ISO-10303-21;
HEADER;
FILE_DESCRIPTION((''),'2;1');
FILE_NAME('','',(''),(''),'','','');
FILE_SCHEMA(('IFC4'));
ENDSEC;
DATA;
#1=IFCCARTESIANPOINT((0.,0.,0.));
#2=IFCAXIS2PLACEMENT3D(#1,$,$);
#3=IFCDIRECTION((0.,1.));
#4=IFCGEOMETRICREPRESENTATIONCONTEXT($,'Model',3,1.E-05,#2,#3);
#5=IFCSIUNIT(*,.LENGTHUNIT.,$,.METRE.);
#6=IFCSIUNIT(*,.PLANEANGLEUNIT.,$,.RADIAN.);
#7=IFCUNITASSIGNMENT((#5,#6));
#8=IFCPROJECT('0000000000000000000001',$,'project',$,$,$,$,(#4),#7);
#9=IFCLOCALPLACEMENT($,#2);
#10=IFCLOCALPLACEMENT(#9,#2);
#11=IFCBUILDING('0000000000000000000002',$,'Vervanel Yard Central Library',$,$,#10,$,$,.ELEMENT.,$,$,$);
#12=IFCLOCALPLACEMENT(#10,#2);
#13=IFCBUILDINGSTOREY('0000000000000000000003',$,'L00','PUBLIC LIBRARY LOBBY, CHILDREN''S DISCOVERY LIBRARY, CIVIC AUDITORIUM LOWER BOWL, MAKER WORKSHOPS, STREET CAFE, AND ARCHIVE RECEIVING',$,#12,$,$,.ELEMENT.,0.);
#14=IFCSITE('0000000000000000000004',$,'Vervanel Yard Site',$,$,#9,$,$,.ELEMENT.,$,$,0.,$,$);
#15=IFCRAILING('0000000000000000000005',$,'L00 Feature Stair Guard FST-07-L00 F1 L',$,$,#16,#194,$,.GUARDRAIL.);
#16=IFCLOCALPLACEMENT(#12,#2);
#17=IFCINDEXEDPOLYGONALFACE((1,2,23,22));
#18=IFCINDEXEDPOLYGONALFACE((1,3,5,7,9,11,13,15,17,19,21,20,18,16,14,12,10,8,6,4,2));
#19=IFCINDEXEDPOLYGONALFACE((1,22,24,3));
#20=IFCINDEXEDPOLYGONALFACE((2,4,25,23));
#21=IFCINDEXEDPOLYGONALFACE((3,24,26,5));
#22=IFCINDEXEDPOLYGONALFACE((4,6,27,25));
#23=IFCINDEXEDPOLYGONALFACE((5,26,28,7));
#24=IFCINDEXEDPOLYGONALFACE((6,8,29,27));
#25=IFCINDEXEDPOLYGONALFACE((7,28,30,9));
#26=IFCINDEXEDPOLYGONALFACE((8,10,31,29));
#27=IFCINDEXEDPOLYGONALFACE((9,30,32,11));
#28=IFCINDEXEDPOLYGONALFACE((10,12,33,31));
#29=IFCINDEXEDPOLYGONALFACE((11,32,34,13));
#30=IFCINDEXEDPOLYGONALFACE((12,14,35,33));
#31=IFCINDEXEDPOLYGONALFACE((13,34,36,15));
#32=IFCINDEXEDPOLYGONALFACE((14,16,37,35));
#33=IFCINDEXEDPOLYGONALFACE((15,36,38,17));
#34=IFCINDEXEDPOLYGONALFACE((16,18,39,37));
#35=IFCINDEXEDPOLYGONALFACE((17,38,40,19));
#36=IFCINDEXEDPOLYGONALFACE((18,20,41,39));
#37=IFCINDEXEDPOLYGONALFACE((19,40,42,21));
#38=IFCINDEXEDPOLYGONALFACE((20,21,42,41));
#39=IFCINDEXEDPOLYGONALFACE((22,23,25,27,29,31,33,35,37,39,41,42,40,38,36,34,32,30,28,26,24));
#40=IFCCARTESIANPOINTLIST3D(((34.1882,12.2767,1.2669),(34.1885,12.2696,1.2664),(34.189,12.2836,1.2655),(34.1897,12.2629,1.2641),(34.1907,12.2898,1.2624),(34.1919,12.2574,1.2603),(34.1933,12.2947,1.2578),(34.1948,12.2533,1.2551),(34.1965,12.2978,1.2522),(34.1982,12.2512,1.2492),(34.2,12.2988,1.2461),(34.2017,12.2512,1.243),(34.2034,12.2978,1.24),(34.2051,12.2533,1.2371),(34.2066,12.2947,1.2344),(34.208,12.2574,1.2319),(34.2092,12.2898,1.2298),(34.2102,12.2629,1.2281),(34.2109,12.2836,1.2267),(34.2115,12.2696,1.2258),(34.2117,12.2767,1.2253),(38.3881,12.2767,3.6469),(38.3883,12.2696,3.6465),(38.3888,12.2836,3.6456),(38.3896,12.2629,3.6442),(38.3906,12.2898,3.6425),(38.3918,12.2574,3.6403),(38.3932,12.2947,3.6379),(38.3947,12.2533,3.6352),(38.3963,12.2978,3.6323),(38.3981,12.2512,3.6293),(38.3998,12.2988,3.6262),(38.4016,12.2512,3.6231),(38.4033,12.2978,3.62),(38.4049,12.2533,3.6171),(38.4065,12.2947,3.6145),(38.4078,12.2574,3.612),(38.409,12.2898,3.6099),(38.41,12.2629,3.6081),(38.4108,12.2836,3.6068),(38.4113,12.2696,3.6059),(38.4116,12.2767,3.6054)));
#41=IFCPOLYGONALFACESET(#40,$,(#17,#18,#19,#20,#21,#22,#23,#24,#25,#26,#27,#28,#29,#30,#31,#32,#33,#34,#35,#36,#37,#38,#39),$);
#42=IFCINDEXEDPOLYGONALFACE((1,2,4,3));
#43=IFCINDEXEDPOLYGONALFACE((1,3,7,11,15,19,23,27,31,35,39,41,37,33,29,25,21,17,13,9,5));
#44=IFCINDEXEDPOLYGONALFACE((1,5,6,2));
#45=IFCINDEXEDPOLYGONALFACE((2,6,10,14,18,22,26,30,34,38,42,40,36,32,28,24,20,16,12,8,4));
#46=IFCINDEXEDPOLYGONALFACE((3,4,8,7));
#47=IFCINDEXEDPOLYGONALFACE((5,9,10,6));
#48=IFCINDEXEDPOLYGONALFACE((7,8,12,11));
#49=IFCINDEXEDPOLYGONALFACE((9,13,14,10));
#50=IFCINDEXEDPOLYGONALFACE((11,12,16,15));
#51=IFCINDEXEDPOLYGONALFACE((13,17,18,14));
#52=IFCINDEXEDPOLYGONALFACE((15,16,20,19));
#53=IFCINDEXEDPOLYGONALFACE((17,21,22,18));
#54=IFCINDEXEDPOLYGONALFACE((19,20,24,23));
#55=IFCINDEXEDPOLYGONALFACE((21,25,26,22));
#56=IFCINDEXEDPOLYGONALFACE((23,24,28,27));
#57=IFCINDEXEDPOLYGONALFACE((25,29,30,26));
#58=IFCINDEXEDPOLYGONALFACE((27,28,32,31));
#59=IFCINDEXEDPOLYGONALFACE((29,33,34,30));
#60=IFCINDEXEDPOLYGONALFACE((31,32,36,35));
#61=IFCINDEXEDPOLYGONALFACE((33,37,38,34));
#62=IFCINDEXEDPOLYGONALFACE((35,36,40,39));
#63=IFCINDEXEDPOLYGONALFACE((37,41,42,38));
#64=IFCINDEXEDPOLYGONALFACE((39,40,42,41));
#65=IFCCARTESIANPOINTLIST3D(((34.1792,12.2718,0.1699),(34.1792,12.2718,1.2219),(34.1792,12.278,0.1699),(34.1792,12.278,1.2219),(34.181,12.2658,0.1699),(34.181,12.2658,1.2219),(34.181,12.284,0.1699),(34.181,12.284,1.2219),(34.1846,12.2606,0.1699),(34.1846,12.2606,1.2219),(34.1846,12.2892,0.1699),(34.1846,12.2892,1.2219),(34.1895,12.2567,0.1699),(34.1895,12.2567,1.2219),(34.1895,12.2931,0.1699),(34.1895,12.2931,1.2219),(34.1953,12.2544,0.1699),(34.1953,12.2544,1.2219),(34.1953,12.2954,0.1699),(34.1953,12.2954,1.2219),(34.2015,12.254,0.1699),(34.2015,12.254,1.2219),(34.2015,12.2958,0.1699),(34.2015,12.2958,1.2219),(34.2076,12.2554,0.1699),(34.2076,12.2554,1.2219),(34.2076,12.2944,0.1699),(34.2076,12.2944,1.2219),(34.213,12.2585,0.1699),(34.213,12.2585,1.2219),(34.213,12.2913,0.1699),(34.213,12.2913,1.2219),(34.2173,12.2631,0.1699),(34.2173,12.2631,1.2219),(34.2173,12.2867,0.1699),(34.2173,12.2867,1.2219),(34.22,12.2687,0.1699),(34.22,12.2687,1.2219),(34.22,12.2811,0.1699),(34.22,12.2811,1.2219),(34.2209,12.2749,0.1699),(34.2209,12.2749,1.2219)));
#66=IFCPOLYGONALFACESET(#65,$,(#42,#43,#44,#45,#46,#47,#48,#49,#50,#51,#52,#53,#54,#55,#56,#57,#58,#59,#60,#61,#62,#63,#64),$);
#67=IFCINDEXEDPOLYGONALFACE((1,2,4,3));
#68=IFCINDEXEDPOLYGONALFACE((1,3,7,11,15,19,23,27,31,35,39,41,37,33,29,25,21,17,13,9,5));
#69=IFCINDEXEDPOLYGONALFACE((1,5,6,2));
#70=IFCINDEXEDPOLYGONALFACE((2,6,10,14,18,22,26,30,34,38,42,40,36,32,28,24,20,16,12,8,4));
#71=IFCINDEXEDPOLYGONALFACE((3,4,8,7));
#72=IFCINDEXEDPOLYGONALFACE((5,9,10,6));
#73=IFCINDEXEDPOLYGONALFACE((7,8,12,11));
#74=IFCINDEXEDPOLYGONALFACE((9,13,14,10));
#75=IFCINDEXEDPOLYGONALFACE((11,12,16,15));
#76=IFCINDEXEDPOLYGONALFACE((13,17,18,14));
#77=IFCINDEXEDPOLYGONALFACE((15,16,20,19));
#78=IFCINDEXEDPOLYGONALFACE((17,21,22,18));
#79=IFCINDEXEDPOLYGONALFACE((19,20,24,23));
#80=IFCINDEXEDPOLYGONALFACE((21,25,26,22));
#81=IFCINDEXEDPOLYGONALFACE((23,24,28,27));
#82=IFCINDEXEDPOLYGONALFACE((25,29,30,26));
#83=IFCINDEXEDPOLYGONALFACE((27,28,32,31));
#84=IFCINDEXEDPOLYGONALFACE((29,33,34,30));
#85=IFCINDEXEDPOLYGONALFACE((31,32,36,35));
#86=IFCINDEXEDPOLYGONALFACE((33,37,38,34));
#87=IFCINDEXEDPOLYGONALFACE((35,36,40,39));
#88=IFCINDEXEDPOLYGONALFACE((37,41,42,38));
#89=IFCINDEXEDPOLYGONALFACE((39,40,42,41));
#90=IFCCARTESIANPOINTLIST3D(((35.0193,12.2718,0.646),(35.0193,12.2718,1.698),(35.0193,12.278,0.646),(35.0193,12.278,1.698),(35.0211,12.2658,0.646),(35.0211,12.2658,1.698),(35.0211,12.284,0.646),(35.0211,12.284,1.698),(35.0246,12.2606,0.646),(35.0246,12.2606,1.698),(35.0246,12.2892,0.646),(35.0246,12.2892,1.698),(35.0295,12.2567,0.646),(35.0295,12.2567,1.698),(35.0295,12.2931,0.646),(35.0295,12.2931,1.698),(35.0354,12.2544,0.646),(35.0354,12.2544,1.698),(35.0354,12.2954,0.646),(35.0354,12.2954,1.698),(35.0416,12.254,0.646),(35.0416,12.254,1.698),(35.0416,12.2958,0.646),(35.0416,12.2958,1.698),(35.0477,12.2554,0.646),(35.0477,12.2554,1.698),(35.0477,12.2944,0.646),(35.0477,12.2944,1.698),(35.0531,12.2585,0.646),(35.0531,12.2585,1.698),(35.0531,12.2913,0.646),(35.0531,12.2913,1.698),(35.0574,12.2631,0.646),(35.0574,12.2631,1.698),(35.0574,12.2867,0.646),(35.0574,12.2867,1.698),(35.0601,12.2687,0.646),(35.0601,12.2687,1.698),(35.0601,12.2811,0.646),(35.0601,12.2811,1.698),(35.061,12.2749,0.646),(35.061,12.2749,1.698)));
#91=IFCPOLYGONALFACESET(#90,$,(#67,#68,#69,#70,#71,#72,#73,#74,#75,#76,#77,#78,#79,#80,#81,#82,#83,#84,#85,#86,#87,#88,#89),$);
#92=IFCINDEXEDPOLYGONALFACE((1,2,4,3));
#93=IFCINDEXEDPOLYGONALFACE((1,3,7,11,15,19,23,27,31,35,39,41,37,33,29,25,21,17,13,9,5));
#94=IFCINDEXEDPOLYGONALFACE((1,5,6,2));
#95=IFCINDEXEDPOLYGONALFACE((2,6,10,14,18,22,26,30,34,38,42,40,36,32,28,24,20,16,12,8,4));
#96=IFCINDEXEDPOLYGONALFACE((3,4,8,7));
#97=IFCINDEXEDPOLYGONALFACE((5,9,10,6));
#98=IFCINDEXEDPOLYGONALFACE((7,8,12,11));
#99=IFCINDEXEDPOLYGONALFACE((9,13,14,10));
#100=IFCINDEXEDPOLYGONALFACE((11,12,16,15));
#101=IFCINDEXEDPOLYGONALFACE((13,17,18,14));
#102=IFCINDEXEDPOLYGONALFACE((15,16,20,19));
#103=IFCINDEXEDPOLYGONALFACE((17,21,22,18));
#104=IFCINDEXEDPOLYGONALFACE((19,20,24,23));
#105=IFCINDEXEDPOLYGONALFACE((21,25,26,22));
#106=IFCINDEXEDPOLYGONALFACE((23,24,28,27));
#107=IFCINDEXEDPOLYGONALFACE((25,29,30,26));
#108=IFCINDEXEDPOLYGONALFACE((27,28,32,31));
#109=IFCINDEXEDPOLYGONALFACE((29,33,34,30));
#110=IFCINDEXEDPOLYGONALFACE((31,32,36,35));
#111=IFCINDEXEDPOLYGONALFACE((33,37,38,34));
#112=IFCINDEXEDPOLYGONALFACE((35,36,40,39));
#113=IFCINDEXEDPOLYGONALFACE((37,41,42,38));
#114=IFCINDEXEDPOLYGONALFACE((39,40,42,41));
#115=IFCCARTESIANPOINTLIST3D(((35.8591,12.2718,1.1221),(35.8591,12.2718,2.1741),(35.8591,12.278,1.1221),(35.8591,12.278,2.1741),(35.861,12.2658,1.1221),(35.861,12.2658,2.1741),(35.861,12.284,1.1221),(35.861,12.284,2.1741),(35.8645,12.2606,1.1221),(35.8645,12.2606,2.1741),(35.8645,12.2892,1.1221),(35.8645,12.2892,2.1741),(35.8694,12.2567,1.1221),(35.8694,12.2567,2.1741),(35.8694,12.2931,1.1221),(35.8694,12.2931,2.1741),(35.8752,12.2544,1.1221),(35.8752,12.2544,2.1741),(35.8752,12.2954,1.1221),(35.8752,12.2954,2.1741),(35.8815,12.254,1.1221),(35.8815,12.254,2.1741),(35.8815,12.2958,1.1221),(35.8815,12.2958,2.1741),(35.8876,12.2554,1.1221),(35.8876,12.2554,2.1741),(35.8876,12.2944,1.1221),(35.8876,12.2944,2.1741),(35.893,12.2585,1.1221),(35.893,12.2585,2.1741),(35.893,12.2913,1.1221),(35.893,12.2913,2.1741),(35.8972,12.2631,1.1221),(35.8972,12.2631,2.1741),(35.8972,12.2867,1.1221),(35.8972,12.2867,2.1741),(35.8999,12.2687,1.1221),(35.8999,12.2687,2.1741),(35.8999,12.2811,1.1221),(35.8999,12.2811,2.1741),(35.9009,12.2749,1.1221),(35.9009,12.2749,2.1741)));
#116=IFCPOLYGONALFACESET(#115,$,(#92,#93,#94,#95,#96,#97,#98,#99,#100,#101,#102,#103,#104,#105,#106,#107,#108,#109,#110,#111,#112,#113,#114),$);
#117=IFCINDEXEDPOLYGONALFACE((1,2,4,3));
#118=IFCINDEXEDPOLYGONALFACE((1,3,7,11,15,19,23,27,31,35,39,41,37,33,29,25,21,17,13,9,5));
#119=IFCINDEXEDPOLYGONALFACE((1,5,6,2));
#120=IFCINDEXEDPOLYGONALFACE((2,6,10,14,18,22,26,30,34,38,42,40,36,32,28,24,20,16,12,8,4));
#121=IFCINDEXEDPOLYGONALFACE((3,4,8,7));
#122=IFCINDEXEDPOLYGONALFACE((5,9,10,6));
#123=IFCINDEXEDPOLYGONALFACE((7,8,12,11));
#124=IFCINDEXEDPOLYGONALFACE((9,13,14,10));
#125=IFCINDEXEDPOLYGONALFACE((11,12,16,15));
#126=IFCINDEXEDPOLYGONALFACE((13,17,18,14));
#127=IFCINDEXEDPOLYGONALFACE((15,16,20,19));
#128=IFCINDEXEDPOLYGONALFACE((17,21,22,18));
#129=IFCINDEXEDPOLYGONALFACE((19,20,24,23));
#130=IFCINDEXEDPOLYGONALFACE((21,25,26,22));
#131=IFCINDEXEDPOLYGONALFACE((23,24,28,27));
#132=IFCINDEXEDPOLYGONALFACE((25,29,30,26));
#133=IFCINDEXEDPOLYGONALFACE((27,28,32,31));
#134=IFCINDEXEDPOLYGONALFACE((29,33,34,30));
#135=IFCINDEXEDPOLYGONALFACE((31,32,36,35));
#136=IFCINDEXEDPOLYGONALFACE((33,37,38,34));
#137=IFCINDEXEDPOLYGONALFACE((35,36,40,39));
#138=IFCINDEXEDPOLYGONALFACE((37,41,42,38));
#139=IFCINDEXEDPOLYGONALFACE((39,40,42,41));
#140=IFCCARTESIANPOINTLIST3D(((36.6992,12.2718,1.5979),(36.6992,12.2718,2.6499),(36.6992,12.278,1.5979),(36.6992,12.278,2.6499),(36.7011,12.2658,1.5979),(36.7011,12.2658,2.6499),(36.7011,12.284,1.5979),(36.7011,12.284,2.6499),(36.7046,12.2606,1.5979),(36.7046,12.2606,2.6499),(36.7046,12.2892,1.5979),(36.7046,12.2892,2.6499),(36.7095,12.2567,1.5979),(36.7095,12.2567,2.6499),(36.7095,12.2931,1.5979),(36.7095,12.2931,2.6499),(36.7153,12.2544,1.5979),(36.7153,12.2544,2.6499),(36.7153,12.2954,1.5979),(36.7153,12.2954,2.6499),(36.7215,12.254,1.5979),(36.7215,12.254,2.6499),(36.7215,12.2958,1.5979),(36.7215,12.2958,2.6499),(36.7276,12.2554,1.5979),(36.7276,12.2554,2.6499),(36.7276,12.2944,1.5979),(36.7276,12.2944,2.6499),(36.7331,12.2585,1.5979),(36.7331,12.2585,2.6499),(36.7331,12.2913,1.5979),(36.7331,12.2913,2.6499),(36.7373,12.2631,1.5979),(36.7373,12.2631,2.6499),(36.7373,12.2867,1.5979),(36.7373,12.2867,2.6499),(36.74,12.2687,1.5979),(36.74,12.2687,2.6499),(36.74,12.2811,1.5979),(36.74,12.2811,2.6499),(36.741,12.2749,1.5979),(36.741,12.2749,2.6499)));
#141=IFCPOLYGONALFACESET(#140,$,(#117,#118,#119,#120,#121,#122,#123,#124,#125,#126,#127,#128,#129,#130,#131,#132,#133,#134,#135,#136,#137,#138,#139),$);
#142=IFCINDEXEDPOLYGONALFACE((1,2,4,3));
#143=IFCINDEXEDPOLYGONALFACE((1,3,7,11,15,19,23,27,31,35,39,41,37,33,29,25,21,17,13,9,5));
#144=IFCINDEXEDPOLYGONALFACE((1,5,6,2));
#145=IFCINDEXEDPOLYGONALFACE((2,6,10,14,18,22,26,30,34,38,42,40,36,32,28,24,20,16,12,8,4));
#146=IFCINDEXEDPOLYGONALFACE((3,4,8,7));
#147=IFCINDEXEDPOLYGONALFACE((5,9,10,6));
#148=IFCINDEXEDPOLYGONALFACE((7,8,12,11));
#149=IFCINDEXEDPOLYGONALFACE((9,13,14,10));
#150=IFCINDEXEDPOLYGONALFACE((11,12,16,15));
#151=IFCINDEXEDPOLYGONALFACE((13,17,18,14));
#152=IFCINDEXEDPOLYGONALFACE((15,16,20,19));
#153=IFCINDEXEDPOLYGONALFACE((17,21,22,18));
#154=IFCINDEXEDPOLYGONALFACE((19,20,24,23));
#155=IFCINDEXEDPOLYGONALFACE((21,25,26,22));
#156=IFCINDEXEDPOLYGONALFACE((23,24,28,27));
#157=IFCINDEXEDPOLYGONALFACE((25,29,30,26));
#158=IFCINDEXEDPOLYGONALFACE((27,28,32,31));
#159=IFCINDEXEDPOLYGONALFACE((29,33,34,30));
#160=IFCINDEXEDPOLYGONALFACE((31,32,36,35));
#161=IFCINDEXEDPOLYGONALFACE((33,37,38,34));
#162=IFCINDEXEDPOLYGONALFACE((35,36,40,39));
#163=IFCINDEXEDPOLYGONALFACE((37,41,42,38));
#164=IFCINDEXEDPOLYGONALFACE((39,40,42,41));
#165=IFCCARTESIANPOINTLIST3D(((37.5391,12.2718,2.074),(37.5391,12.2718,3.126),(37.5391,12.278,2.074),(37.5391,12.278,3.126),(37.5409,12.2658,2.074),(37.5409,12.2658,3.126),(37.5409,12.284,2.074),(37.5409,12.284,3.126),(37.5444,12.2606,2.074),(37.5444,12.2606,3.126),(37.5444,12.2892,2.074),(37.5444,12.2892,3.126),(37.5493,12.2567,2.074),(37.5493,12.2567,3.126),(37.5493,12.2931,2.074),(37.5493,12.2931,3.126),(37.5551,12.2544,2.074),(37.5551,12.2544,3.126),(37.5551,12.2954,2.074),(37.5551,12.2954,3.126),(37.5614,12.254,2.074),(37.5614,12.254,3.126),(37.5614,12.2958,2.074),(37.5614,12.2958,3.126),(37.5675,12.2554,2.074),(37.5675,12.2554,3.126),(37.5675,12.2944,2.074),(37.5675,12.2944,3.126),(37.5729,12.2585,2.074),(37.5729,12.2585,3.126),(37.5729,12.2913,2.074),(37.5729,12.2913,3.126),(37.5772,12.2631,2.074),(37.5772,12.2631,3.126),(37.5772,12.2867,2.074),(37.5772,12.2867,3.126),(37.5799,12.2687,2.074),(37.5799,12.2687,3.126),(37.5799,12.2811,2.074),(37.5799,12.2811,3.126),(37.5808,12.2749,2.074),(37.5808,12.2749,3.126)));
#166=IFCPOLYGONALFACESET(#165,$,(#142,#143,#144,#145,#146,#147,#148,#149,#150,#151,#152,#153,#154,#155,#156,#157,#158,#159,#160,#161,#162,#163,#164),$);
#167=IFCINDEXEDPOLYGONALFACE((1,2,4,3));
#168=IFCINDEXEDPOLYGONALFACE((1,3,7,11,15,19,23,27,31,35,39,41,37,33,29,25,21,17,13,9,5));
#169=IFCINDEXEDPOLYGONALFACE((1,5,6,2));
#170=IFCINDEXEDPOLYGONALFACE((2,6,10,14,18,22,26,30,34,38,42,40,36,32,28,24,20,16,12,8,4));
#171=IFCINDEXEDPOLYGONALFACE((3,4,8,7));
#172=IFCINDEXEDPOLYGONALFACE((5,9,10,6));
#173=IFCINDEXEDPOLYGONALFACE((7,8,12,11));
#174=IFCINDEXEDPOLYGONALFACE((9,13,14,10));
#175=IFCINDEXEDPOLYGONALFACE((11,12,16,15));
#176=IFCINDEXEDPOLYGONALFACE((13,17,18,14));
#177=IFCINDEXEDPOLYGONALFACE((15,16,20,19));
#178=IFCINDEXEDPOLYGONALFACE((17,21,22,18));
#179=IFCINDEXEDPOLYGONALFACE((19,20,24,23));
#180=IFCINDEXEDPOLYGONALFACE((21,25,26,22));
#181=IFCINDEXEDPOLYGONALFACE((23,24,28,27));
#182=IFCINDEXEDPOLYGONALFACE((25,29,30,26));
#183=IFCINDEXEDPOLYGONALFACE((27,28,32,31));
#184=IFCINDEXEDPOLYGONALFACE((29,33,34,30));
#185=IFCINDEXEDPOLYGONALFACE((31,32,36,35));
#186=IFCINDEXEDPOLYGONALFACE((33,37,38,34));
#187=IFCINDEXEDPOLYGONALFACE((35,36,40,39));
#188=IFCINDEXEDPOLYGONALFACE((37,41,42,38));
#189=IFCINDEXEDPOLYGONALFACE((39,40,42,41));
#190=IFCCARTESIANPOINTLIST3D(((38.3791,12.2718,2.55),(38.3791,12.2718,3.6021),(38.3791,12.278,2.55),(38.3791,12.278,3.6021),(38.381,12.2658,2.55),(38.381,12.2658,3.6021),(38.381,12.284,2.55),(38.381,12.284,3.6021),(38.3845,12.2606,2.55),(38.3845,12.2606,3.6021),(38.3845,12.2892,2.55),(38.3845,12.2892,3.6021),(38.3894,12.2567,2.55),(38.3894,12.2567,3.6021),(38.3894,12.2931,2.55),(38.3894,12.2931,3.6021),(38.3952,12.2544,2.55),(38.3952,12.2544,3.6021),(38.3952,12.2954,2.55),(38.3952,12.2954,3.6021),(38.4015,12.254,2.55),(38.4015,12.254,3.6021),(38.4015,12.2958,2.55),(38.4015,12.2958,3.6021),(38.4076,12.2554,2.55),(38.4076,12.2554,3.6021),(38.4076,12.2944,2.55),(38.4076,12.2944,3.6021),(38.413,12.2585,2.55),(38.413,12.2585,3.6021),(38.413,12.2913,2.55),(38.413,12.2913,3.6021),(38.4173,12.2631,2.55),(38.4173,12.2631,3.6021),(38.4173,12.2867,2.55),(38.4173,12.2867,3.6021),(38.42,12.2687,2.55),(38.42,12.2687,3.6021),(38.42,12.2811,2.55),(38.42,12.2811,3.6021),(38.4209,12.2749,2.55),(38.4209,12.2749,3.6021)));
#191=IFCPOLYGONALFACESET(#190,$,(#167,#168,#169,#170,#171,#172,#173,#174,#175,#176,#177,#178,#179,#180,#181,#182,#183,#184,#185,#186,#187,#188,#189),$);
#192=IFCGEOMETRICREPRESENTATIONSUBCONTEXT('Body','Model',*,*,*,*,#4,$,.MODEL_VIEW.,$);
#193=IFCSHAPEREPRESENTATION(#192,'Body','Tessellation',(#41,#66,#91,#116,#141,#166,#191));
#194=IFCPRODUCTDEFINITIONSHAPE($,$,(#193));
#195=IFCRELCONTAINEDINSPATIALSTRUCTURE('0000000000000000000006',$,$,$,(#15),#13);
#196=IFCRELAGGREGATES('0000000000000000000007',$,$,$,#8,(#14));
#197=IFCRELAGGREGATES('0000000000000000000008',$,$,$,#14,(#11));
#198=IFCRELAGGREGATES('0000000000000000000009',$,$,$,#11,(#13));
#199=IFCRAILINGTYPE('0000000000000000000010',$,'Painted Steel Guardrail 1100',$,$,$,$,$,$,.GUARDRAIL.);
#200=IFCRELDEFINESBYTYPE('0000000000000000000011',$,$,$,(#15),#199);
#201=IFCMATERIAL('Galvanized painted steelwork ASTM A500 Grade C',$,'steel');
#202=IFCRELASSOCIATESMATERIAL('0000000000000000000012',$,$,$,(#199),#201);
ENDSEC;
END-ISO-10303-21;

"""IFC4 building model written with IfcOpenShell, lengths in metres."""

from ifc_helpers import new_model, si_unit, direction, frame, origin, origin_2d, place, context, subcontext, project, spatial, circle, extrude, material, type_object, element, save


model = new_model("IFC4")

# Units and contexts
model_context = context("Model", 3, precision=1e-05, world=origin(), true_north=direction((0.0, 1.0)))
body_context = subcontext(model_context, "Body", "Model", "MODEL_VIEW")
ifc_project = project(units=[si_unit("LENGTHUNIT", "METRE"), si_unit("PLANEANGLEUNIT", "RADIAN")], contexts=[model_context])

# Site, building, storey
site_placement = place(None, origin())
site = spatial("IfcSite", under=ifc_project, at=site_placement, Name="Vervanel Yard Site", CompositionType="ELEMENT", RefElevation=0.0)
building_placement = place(site_placement, origin())
building = spatial("IfcBuilding", under=site, at=building_placement, Name="Vervanel Yard Central Library", CompositionType="ELEMENT")
storey_placement = place(building_placement, origin())
storey = spatial("IfcBuildingStorey", under=building, at=storey_placement, Name="L00", Description="PUBLIC LIBRARY LOBBY, CHILDREN'S DISCOVERY LIBRARY, CIVIC AUDITORIUM LOWER BOWL, MAKER WORKSHOPS, STREET CAFE, AND ARCHIVE RECEIVING", CompositionType="ELEMENT", Elevation=0.0)

# Railing
ifc_material_1 = material(Name="Galvanized painted steelwork ASTM A500 Grade C", Category="steel")
railing_type = type_object("IfcRailingType", Name="Painted Steel Guardrail 1100", PredefinedType="GUARDRAIL", material=ifc_material_1)
for number, where, name in (
    (1, (34.2, 12.2749, 0.1699), "L00 Feature Stair Guard FST-07-L00 F1 L"),
):
    element("IfcRailing", number, at=place(storey_placement, frame(where)), inside=storey, type_object=railing_type, Name=name, PredefinedType="GUARDRAIL", context=body_context, shape_type="SweptSolid", body=[
        extrude(circle(Radius=0.0239, at=origin_2d()), frame((0.0, 0.0, 1.0762), z_axis=(0.870008, 0.0, 0.493037), x_axis=(0.0, 1.0, 0.0)), (0.0, 0.0, 1.0), 4.8274),
        extrude(circle(Radius=0.021, at=origin_2d()), origin(), (0.0, 0.0, 1.0), 1.052),
        extrude(circle(Radius=0.021, at=origin_2d()), frame((0.8401, 0.0, 0.4761)), (0.0, 0.0, 1.0), 1.052),
        extrude(circle(Radius=0.021, at=origin_2d()), frame((1.6799, 0.0, 0.9521)), (0.0, 0.0, 1.0), 1.052),
        extrude(circle(Radius=0.021, at=origin_2d()), frame((2.52, 0.0, 1.428)), (0.0, 0.0, 1.0), 1.052),
        extrude(circle(Radius=0.021, at=origin_2d()), frame((3.3599, 0.0, 1.9041)), (0.0, 0.0, 1.0), 1.052),
        extrude(circle(Radius=0.021, at=origin_2d()), frame((4.2, 0.0, 2.3801)), (0.0, 0.0, 1.0), 1.052),
    ])

save(model, "model.ifc")
